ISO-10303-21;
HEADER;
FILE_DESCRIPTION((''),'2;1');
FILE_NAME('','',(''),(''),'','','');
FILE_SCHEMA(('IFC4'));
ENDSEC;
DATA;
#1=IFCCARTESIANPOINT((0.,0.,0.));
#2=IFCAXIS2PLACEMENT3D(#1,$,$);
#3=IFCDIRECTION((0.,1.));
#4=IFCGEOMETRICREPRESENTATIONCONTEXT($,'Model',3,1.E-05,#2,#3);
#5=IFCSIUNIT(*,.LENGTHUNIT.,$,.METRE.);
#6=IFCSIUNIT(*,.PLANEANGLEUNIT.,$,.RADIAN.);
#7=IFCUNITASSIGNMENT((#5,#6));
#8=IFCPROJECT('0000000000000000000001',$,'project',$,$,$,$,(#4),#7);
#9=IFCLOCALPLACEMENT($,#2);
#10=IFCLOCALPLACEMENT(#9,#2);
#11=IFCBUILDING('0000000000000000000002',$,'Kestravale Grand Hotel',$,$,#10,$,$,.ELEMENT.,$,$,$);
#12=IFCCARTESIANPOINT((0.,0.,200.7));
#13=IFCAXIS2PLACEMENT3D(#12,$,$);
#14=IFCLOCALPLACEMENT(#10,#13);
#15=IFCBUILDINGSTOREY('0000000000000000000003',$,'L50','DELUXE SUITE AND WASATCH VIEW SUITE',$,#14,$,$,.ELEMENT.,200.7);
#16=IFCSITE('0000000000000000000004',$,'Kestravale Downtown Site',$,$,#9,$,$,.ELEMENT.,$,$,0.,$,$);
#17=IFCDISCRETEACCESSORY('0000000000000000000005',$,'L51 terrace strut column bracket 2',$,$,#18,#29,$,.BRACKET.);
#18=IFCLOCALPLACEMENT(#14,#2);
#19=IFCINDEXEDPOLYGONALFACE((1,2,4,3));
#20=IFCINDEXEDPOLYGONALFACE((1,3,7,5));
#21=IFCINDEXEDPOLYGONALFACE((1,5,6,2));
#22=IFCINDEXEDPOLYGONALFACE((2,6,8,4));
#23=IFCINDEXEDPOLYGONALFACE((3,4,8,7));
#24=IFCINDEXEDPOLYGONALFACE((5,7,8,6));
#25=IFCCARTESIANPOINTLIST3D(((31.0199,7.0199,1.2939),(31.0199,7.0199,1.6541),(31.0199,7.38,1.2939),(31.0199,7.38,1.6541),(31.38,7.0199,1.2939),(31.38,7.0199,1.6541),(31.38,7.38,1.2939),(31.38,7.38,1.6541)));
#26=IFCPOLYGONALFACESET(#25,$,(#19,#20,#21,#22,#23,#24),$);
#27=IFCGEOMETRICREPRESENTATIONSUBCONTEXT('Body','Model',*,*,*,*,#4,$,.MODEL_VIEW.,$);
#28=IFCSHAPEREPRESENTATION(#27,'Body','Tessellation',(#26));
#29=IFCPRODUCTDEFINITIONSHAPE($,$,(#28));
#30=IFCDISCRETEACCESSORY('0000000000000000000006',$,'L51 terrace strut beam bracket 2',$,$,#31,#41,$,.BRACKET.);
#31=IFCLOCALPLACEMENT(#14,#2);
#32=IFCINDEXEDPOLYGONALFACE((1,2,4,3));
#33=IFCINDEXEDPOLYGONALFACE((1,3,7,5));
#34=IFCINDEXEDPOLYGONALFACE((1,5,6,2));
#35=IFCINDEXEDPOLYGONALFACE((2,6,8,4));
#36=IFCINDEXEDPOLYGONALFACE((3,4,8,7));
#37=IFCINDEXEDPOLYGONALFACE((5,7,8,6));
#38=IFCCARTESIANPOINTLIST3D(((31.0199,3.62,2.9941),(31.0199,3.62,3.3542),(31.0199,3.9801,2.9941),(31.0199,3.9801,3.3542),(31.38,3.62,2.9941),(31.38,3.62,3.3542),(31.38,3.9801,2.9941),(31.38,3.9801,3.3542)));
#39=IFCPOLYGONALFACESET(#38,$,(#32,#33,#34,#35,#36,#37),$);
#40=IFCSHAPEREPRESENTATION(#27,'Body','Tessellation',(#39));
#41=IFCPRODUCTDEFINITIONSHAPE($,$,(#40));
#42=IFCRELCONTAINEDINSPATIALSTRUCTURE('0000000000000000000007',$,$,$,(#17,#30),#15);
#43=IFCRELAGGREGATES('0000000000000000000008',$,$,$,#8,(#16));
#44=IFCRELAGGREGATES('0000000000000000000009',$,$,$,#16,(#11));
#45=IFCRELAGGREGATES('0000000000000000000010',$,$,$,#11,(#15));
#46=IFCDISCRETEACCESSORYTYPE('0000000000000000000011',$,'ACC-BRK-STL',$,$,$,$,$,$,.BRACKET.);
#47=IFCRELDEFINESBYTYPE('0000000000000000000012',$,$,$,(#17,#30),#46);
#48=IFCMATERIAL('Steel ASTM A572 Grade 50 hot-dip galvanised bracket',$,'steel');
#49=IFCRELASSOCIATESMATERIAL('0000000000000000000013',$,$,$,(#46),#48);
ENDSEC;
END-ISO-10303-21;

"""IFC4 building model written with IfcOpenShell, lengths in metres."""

from ifc_helpers import new_model, si_unit, direction, frame, origin, origin_2d, place, context, subcontext, project, spatial, rectangle, extrude, material, type_object, element, save


model = new_model("IFC4")

# Units and contexts
model_context = context("Model", 3, precision=1e-05, world=origin(), true_north=direction((0.0, 1.0)))
body_context = subcontext(model_context, "Body", "Model", "MODEL_VIEW")
ifc_project = project(units=[si_unit("LENGTHUNIT", "METRE"), si_unit("PLANEANGLEUNIT", "RADIAN")], contexts=[model_context])

# Site, building, storey
site_placement = place(None, origin())
site = spatial("IfcSite", under=ifc_project, at=site_placement, Name="Kestravale Downtown Site", CompositionType="ELEMENT", RefElevation=0.0)
building_placement = place(site_placement, origin())
building = spatial("IfcBuilding", under=site, at=building_placement, Name="Kestravale Grand Hotel", CompositionType="ELEMENT")
storey_placement = place(building_placement, frame((0.0, 0.0, 200.7)))
storey = spatial("IfcBuildingStorey", under=building, at=storey_placement, Name="L50", Description="DELUXE SUITE AND WASATCH VIEW SUITE", CompositionType="ELEMENT", Elevation=200.7)

# Discrete accessories
ifc_material_1 = material(Name="Steel ASTM A572 Grade 50 hot-dip galvanised bracket", Category="steel")
discrete_accessory_type = type_object("IfcDiscreteAccessoryType", Name="ACC-BRK-STL", PredefinedType="BRACKET", material=ifc_material_1)
for number, where, z_axis, x_axis, name in (
    (1, (31.2, 7.2, 1.2939), (0.0, 0.0, 1.0), (1.0, 0.0, 0.0), "L51 terrace strut column bracket 2"),
    (2, (31.2, 3.8, 2.9941), (0.0, 0.0, 1.0), (1.0, 0.0, 0.0), "L51 terrace strut beam bracket 2"),
):
    element("IfcDiscreteAccessory", number, at=place(storey_placement, frame(where, z_axis=z_axis, x_axis=x_axis)), inside=storey, type_object=discrete_accessory_type, Name=name, PredefinedType="BRACKET", context=body_context, shape_type="SweptSolid", body=[
        extrude(rectangle(XDim=0.3601, YDim=0.3601, at=origin_2d()), origin(), (0.0, 0.0, 1.0), 0.3601),
    ])

save(model, "model.ifc")
